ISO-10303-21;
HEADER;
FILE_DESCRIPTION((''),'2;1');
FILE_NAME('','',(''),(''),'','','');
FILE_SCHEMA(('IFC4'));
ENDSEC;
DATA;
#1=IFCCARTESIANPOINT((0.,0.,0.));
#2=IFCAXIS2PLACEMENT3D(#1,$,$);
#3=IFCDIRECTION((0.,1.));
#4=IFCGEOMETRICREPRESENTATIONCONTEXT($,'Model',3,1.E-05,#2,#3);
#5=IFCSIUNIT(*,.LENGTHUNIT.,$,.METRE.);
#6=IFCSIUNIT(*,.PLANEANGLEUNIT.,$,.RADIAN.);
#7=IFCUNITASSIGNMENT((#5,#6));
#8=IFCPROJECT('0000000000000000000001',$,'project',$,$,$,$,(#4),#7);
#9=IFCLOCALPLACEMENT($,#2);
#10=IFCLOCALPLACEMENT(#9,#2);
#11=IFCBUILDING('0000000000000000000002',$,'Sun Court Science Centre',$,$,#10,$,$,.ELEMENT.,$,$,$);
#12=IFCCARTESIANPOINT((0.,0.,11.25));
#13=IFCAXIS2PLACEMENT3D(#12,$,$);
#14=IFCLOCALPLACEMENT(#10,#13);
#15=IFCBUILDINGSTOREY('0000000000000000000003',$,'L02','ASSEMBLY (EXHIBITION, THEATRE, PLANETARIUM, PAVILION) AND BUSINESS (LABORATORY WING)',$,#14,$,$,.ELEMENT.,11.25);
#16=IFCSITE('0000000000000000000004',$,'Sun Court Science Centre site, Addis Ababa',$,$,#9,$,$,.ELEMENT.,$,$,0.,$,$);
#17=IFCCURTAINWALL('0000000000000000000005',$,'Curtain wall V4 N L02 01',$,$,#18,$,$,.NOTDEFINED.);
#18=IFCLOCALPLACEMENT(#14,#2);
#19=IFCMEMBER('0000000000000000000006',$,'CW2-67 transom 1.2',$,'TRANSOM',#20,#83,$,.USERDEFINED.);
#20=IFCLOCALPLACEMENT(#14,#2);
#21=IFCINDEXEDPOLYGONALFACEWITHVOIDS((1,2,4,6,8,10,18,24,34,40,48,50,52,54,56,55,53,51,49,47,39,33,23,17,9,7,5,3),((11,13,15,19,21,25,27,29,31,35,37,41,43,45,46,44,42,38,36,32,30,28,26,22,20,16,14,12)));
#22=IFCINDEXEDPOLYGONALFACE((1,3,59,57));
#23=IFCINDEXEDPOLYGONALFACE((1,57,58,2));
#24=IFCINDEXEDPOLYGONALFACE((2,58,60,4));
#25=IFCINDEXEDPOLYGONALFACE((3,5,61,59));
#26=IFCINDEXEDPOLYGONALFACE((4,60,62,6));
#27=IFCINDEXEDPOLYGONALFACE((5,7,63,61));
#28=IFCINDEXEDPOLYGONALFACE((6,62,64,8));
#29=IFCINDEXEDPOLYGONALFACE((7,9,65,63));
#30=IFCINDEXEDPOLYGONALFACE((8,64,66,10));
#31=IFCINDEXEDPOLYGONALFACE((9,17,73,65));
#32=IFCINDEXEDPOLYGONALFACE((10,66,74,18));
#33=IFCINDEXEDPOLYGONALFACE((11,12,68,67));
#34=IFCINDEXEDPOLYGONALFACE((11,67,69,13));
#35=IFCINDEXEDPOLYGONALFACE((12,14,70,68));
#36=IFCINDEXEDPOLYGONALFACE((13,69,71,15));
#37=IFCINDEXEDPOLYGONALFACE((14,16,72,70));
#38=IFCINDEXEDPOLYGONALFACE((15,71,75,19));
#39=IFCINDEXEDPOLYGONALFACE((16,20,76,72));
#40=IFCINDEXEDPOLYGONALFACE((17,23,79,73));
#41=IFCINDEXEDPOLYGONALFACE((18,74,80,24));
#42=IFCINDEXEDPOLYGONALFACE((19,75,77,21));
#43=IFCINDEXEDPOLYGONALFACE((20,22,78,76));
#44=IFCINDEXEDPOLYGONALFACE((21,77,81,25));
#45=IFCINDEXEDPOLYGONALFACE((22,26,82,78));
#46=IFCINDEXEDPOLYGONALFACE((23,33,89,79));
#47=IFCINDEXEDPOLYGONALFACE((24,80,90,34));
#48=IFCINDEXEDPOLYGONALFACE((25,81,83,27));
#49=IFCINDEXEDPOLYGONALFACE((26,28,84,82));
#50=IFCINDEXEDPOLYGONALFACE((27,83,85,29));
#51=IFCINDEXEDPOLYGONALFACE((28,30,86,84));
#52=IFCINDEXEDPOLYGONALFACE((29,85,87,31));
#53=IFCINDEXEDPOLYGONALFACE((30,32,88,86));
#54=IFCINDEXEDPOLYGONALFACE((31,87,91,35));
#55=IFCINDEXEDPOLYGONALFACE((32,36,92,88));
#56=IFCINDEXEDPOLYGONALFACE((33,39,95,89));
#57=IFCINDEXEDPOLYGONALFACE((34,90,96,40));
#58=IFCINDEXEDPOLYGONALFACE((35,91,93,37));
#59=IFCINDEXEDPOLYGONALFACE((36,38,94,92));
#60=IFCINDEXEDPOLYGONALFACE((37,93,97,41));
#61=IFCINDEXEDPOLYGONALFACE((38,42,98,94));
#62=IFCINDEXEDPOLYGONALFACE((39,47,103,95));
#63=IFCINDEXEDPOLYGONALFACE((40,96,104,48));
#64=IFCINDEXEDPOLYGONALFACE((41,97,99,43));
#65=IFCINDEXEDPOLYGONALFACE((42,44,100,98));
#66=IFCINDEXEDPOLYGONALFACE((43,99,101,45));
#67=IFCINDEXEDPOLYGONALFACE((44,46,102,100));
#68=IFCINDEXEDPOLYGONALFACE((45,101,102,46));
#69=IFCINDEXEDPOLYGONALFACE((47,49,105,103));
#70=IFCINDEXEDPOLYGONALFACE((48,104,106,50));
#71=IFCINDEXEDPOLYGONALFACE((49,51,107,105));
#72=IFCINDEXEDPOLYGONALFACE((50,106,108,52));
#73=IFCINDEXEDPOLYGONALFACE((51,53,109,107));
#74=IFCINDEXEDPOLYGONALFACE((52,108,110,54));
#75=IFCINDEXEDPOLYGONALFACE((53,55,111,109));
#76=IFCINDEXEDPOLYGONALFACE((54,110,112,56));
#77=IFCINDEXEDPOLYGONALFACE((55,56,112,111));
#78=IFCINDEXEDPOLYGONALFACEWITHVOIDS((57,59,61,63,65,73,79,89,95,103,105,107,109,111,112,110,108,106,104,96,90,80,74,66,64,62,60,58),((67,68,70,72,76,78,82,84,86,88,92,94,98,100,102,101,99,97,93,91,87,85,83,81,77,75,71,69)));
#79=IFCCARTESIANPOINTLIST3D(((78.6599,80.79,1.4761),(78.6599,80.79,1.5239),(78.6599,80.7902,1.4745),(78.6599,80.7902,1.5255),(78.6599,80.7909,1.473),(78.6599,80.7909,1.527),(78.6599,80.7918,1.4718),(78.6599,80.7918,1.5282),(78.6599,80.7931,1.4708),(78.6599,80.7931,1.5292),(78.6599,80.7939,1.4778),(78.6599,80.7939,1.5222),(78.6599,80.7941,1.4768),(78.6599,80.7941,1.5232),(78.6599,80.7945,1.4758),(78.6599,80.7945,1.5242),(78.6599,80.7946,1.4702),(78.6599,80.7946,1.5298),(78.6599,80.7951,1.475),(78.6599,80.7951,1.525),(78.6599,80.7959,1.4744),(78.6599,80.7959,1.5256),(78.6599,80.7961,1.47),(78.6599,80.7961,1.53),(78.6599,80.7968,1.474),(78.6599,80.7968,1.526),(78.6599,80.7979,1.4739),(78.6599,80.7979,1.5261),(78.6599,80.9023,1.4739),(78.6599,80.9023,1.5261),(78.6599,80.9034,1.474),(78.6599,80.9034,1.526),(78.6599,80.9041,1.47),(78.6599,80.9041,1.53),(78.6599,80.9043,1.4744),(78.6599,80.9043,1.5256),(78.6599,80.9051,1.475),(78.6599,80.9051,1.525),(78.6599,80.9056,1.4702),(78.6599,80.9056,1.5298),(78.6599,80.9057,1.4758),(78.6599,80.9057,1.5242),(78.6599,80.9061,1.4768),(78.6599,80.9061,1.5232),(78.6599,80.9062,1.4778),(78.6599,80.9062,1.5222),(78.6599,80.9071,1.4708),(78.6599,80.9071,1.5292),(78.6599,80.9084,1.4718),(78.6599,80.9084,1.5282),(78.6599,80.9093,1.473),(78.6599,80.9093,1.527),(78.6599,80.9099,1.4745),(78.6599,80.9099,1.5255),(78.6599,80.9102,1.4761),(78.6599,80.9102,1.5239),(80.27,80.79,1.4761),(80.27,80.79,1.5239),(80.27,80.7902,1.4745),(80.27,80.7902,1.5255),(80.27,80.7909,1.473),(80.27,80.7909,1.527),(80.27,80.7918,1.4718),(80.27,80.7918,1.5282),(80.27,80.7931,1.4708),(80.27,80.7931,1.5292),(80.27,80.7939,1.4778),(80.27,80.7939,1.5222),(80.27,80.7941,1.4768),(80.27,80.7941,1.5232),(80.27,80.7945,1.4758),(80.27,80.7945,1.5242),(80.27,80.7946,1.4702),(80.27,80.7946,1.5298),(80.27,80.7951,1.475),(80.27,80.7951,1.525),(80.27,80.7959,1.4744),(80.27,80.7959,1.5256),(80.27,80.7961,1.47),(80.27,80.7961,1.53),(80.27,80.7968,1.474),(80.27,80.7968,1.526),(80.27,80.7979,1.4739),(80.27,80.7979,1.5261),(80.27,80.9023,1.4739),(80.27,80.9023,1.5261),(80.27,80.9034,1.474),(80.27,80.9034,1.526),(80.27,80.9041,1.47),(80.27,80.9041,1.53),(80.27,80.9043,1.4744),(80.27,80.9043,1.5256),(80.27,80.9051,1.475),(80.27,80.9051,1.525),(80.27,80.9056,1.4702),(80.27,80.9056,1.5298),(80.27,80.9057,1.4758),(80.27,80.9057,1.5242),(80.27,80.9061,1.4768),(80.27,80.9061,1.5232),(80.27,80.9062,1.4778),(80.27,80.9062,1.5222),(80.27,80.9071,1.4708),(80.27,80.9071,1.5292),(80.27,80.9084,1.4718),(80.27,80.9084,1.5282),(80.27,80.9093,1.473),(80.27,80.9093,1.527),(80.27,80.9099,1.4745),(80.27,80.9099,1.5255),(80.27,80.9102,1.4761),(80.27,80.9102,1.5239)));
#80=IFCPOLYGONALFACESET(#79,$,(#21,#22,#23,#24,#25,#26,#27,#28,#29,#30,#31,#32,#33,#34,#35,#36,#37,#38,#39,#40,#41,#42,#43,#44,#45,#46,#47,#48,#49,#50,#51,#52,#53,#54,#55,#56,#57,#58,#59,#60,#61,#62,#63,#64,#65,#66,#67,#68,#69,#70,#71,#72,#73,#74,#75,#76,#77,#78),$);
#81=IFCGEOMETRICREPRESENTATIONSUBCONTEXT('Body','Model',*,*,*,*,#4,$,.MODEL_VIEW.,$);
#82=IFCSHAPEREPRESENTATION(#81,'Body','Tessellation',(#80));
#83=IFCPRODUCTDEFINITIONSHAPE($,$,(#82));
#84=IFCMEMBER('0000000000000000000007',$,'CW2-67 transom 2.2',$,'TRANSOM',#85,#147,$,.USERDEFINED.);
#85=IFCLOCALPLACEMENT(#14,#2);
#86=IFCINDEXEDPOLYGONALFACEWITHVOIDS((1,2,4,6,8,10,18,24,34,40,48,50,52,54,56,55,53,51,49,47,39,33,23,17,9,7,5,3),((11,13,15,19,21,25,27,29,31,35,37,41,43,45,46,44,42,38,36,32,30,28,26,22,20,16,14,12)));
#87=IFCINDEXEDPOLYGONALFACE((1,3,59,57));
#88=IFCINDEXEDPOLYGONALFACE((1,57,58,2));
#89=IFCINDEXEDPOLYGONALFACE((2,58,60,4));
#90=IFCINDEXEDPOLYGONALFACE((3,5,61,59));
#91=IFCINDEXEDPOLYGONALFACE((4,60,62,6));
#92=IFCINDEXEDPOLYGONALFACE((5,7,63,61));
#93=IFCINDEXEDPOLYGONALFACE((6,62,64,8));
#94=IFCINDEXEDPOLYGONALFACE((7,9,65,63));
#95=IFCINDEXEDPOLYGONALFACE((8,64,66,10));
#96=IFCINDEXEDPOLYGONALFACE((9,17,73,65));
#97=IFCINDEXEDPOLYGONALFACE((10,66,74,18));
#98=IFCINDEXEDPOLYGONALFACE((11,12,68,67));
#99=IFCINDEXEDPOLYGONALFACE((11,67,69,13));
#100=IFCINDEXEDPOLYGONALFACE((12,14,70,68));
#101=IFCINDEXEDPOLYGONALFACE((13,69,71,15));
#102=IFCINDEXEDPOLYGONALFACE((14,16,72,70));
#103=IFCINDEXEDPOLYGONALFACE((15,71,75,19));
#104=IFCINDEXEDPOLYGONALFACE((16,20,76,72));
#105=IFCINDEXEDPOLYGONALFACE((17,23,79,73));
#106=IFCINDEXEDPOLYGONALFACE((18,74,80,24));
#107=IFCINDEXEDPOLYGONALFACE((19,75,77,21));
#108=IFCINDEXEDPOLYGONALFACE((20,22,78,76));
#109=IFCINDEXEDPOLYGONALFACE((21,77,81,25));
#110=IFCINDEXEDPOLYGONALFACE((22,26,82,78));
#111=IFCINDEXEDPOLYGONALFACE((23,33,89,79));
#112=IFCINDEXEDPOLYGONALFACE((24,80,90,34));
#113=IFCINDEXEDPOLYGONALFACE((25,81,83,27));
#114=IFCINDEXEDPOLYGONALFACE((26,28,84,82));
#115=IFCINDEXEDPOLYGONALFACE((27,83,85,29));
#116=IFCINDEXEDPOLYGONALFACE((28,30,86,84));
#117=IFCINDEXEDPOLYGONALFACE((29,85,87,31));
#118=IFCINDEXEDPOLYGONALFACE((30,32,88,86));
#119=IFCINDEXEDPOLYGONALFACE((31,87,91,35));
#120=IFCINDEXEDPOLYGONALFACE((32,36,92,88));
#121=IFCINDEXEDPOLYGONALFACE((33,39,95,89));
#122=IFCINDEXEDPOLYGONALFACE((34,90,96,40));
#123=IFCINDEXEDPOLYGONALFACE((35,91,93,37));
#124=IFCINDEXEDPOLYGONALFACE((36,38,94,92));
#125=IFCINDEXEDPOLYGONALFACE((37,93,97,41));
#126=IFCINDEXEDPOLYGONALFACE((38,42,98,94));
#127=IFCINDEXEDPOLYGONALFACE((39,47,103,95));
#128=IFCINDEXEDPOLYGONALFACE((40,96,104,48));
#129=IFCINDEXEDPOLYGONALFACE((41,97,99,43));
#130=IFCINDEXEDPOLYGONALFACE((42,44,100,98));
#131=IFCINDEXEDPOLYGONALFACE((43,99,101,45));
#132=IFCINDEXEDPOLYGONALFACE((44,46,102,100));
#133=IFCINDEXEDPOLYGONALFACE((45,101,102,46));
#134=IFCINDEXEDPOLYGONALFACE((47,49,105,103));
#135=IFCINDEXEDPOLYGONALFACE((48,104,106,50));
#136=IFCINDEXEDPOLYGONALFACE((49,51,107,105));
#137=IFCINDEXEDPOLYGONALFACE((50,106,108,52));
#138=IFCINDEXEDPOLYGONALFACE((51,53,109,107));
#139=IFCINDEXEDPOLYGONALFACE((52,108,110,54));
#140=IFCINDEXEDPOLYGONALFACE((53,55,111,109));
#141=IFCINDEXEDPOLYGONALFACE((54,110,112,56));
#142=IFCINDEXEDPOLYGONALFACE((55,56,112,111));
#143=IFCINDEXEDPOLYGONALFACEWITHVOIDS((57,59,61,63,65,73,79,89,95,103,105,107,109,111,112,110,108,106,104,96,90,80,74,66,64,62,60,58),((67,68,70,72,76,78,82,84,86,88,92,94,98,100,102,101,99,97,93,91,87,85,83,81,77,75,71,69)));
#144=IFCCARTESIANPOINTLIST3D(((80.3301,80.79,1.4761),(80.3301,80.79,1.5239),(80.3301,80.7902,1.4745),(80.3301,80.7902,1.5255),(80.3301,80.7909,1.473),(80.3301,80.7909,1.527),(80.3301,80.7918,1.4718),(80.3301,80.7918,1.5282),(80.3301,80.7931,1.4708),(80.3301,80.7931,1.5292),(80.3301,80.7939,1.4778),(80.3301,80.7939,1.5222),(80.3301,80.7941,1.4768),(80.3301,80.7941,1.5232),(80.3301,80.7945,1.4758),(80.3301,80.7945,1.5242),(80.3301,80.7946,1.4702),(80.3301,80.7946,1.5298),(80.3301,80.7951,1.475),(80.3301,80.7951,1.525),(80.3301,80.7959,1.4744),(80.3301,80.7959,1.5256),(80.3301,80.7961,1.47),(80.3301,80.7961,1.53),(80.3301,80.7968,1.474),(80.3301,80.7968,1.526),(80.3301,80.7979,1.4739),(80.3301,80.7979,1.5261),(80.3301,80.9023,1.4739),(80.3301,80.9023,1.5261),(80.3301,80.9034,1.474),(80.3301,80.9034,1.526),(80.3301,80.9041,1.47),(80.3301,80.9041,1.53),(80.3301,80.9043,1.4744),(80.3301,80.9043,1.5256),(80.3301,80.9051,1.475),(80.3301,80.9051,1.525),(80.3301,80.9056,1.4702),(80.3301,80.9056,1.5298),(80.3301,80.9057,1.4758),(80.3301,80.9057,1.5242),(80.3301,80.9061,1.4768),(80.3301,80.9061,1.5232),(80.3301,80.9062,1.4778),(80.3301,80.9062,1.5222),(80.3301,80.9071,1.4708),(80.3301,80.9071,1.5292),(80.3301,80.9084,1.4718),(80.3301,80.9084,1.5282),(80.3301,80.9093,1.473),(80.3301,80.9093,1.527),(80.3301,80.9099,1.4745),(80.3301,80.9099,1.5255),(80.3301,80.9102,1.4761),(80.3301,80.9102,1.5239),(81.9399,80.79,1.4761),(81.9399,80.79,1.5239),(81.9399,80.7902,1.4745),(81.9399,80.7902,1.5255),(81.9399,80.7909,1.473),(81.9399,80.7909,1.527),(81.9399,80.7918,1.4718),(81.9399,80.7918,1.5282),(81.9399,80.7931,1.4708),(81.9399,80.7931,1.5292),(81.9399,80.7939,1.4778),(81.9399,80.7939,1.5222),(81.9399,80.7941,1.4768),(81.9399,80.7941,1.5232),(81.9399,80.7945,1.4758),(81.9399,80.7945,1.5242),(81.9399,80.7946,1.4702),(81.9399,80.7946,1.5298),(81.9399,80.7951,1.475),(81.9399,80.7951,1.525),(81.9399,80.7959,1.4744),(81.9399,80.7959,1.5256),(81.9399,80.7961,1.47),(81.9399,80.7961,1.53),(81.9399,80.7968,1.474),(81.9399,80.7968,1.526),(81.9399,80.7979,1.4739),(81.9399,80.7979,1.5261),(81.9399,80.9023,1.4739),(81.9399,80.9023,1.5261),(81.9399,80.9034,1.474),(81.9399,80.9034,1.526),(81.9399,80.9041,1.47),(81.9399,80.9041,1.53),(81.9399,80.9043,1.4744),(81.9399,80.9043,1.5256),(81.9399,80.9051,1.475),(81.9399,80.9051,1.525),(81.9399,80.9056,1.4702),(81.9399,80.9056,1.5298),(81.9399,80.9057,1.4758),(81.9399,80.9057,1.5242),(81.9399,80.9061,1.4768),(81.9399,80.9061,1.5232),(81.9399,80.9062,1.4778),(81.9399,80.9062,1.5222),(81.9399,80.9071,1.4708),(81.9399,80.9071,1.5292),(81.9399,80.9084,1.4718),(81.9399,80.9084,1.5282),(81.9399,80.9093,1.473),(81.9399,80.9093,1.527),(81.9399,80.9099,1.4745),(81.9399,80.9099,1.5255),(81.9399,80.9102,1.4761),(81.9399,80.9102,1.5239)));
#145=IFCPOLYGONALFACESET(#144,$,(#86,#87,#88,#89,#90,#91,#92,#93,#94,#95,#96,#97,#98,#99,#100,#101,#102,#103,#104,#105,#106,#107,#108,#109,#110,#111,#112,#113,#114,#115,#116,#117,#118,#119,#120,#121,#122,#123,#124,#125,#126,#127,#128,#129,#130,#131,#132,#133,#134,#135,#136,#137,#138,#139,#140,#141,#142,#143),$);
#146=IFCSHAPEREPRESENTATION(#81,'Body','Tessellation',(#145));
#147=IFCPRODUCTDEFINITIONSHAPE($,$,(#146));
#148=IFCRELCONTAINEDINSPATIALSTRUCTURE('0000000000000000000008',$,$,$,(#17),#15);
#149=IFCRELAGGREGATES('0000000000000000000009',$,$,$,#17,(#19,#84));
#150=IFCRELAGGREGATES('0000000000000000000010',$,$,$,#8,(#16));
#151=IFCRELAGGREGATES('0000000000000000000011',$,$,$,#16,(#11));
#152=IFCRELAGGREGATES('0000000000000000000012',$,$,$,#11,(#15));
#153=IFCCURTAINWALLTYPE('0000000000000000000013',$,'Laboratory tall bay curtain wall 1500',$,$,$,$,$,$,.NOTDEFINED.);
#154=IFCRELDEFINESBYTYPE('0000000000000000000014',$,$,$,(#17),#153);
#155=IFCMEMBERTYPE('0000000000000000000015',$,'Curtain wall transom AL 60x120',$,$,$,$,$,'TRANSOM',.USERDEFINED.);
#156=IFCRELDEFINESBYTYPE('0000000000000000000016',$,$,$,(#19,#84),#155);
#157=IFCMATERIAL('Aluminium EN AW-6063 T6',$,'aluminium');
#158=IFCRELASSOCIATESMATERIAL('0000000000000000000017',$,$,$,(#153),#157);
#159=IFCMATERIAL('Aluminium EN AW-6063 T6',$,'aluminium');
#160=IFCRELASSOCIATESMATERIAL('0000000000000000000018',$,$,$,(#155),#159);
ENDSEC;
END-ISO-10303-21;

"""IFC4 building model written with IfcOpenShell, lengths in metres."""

from ifc_helpers import new_model, si_unit, direction, frame, origin, origin_2d, place, context, subcontext, project, spatial, hollow_rectangle, extrude, material, material_profile, profile_set, type_object, element, aggregate, save


model = new_model("IFC4")

# Units and contexts
model_context = context("Model", 3, precision=1e-05, world=origin(), true_north=direction((0.0, 1.0)))
body_context = subcontext(model_context, "Body", "Model", "MODEL_VIEW")
ifc_project = project(units=[si_unit("LENGTHUNIT", "METRE"), si_unit("PLANEANGLEUNIT", "RADIAN")], contexts=[model_context])

# Site, building, storey
site_placement = place(None, origin())
site = spatial("IfcSite", under=ifc_project, at=site_placement, Name="Sun Court Science Centre site, Addis Ababa", CompositionType="ELEMENT", RefElevation=0.0)
building_placement = place(site_placement, origin())
building = spatial("IfcBuilding", under=site, at=building_placement, Name="Sun Court Science Centre", CompositionType="ELEMENT")
storey_placement = place(building_placement, frame((0.0, 0.0, 11.25)))
storey = spatial("IfcBuildingStorey", under=building, at=storey_placement, Name="L02", Description="ASSEMBLY (EXHIBITION, THEATRE, PLANETARIUM, PAVILION) AND BUSINESS (LABORATORY WING)", CompositionType="ELEMENT", Elevation=11.25)

# Curtain wall
ifc_material_1 = material(Name="Aluminium EN AW-6063 T6", Category="aluminium")
curtain_wall_type = type_object("IfcCurtainWallType", Name="Laboratory tall bay curtain wall 1500", PredefinedType="NOTDEFINED", material=ifc_material_1)
curtain_wall_1_placement = place(storey_placement, origin())
curtain_wall_1 = element("IfcCurtainWall", 1, at=curtain_wall_1_placement, inside=storey, type_object=curtain_wall_type, Name="Curtain wall V4 N L02 01", PredefinedType="NOTDEFINED")

# Members
ifc_material_2 = material(Name="Aluminium EN AW-6063 T6", Category="aluminium")
ifc_material_profile_1 = material_profile(ifc_material_2, hollow_rectangle(XDim=0.0601, YDim=0.1201, WallThickness=0.0039, InnerFilletRadius=0.0039, OuterFilletRadius=0.0061, at=origin_2d()), Name="AL 60x120x4")
ifc_profile_set_1 = profile_set([ifc_material_profile_1], Name="Aluminium EN AW-6063 T6")
member_type_1 = type_object("IfcMemberType", Name="Curtain wall transom AL 60x120", ElementType="TRANSOM", PredefinedType="USERDEFINED", material=ifc_profile_set_1)
member_1_placement = place(storey_placement, frame((78.6599, 80.8501, 1.5), z_axis=(1.0, 0.0, 0.0), x_axis=(0.0, 0.0, 1.0)))
member_1 = element("IfcMember", 2, at=member_1_placement, type_object=member_type_1, Name="CW2-67 transom 1.2", ObjectType="TRANSOM", PredefinedType="USERDEFINED", context=body_context, shape_type="SweptSolid", body=[
    extrude(hollow_rectangle(XDim=0.0601, YDim=0.1201, WallThickness=0.0039, InnerFilletRadius=0.0039, OuterFilletRadius=0.0061, at=origin_2d()), origin(), (0.0, 0.0, 1.0), 1.6101),
])
member_2_placement = place(storey_placement, frame((80.3301, 80.8501, 1.5), z_axis=(1.0, 0.0, 0.0), x_axis=(0.0, 0.0, 1.0)))
member_2 = element("IfcMember", 3, at=member_2_placement, type_object=member_type_1, Name="CW2-67 transom 2.2", ObjectType="TRANSOM", PredefinedType="USERDEFINED", context=body_context, shape_type="SweptSolid", body=[
    extrude(hollow_rectangle(XDim=0.0601, YDim=0.1201, WallThickness=0.0039, InnerFilletRadius=0.0039, OuterFilletRadius=0.0061, at=origin_2d()), origin(), (0.0, 0.0, 1.0), 1.6099),
])

aggregate(curtain_wall_1, [member_1, member_2])

save(model, "model.ifc")
